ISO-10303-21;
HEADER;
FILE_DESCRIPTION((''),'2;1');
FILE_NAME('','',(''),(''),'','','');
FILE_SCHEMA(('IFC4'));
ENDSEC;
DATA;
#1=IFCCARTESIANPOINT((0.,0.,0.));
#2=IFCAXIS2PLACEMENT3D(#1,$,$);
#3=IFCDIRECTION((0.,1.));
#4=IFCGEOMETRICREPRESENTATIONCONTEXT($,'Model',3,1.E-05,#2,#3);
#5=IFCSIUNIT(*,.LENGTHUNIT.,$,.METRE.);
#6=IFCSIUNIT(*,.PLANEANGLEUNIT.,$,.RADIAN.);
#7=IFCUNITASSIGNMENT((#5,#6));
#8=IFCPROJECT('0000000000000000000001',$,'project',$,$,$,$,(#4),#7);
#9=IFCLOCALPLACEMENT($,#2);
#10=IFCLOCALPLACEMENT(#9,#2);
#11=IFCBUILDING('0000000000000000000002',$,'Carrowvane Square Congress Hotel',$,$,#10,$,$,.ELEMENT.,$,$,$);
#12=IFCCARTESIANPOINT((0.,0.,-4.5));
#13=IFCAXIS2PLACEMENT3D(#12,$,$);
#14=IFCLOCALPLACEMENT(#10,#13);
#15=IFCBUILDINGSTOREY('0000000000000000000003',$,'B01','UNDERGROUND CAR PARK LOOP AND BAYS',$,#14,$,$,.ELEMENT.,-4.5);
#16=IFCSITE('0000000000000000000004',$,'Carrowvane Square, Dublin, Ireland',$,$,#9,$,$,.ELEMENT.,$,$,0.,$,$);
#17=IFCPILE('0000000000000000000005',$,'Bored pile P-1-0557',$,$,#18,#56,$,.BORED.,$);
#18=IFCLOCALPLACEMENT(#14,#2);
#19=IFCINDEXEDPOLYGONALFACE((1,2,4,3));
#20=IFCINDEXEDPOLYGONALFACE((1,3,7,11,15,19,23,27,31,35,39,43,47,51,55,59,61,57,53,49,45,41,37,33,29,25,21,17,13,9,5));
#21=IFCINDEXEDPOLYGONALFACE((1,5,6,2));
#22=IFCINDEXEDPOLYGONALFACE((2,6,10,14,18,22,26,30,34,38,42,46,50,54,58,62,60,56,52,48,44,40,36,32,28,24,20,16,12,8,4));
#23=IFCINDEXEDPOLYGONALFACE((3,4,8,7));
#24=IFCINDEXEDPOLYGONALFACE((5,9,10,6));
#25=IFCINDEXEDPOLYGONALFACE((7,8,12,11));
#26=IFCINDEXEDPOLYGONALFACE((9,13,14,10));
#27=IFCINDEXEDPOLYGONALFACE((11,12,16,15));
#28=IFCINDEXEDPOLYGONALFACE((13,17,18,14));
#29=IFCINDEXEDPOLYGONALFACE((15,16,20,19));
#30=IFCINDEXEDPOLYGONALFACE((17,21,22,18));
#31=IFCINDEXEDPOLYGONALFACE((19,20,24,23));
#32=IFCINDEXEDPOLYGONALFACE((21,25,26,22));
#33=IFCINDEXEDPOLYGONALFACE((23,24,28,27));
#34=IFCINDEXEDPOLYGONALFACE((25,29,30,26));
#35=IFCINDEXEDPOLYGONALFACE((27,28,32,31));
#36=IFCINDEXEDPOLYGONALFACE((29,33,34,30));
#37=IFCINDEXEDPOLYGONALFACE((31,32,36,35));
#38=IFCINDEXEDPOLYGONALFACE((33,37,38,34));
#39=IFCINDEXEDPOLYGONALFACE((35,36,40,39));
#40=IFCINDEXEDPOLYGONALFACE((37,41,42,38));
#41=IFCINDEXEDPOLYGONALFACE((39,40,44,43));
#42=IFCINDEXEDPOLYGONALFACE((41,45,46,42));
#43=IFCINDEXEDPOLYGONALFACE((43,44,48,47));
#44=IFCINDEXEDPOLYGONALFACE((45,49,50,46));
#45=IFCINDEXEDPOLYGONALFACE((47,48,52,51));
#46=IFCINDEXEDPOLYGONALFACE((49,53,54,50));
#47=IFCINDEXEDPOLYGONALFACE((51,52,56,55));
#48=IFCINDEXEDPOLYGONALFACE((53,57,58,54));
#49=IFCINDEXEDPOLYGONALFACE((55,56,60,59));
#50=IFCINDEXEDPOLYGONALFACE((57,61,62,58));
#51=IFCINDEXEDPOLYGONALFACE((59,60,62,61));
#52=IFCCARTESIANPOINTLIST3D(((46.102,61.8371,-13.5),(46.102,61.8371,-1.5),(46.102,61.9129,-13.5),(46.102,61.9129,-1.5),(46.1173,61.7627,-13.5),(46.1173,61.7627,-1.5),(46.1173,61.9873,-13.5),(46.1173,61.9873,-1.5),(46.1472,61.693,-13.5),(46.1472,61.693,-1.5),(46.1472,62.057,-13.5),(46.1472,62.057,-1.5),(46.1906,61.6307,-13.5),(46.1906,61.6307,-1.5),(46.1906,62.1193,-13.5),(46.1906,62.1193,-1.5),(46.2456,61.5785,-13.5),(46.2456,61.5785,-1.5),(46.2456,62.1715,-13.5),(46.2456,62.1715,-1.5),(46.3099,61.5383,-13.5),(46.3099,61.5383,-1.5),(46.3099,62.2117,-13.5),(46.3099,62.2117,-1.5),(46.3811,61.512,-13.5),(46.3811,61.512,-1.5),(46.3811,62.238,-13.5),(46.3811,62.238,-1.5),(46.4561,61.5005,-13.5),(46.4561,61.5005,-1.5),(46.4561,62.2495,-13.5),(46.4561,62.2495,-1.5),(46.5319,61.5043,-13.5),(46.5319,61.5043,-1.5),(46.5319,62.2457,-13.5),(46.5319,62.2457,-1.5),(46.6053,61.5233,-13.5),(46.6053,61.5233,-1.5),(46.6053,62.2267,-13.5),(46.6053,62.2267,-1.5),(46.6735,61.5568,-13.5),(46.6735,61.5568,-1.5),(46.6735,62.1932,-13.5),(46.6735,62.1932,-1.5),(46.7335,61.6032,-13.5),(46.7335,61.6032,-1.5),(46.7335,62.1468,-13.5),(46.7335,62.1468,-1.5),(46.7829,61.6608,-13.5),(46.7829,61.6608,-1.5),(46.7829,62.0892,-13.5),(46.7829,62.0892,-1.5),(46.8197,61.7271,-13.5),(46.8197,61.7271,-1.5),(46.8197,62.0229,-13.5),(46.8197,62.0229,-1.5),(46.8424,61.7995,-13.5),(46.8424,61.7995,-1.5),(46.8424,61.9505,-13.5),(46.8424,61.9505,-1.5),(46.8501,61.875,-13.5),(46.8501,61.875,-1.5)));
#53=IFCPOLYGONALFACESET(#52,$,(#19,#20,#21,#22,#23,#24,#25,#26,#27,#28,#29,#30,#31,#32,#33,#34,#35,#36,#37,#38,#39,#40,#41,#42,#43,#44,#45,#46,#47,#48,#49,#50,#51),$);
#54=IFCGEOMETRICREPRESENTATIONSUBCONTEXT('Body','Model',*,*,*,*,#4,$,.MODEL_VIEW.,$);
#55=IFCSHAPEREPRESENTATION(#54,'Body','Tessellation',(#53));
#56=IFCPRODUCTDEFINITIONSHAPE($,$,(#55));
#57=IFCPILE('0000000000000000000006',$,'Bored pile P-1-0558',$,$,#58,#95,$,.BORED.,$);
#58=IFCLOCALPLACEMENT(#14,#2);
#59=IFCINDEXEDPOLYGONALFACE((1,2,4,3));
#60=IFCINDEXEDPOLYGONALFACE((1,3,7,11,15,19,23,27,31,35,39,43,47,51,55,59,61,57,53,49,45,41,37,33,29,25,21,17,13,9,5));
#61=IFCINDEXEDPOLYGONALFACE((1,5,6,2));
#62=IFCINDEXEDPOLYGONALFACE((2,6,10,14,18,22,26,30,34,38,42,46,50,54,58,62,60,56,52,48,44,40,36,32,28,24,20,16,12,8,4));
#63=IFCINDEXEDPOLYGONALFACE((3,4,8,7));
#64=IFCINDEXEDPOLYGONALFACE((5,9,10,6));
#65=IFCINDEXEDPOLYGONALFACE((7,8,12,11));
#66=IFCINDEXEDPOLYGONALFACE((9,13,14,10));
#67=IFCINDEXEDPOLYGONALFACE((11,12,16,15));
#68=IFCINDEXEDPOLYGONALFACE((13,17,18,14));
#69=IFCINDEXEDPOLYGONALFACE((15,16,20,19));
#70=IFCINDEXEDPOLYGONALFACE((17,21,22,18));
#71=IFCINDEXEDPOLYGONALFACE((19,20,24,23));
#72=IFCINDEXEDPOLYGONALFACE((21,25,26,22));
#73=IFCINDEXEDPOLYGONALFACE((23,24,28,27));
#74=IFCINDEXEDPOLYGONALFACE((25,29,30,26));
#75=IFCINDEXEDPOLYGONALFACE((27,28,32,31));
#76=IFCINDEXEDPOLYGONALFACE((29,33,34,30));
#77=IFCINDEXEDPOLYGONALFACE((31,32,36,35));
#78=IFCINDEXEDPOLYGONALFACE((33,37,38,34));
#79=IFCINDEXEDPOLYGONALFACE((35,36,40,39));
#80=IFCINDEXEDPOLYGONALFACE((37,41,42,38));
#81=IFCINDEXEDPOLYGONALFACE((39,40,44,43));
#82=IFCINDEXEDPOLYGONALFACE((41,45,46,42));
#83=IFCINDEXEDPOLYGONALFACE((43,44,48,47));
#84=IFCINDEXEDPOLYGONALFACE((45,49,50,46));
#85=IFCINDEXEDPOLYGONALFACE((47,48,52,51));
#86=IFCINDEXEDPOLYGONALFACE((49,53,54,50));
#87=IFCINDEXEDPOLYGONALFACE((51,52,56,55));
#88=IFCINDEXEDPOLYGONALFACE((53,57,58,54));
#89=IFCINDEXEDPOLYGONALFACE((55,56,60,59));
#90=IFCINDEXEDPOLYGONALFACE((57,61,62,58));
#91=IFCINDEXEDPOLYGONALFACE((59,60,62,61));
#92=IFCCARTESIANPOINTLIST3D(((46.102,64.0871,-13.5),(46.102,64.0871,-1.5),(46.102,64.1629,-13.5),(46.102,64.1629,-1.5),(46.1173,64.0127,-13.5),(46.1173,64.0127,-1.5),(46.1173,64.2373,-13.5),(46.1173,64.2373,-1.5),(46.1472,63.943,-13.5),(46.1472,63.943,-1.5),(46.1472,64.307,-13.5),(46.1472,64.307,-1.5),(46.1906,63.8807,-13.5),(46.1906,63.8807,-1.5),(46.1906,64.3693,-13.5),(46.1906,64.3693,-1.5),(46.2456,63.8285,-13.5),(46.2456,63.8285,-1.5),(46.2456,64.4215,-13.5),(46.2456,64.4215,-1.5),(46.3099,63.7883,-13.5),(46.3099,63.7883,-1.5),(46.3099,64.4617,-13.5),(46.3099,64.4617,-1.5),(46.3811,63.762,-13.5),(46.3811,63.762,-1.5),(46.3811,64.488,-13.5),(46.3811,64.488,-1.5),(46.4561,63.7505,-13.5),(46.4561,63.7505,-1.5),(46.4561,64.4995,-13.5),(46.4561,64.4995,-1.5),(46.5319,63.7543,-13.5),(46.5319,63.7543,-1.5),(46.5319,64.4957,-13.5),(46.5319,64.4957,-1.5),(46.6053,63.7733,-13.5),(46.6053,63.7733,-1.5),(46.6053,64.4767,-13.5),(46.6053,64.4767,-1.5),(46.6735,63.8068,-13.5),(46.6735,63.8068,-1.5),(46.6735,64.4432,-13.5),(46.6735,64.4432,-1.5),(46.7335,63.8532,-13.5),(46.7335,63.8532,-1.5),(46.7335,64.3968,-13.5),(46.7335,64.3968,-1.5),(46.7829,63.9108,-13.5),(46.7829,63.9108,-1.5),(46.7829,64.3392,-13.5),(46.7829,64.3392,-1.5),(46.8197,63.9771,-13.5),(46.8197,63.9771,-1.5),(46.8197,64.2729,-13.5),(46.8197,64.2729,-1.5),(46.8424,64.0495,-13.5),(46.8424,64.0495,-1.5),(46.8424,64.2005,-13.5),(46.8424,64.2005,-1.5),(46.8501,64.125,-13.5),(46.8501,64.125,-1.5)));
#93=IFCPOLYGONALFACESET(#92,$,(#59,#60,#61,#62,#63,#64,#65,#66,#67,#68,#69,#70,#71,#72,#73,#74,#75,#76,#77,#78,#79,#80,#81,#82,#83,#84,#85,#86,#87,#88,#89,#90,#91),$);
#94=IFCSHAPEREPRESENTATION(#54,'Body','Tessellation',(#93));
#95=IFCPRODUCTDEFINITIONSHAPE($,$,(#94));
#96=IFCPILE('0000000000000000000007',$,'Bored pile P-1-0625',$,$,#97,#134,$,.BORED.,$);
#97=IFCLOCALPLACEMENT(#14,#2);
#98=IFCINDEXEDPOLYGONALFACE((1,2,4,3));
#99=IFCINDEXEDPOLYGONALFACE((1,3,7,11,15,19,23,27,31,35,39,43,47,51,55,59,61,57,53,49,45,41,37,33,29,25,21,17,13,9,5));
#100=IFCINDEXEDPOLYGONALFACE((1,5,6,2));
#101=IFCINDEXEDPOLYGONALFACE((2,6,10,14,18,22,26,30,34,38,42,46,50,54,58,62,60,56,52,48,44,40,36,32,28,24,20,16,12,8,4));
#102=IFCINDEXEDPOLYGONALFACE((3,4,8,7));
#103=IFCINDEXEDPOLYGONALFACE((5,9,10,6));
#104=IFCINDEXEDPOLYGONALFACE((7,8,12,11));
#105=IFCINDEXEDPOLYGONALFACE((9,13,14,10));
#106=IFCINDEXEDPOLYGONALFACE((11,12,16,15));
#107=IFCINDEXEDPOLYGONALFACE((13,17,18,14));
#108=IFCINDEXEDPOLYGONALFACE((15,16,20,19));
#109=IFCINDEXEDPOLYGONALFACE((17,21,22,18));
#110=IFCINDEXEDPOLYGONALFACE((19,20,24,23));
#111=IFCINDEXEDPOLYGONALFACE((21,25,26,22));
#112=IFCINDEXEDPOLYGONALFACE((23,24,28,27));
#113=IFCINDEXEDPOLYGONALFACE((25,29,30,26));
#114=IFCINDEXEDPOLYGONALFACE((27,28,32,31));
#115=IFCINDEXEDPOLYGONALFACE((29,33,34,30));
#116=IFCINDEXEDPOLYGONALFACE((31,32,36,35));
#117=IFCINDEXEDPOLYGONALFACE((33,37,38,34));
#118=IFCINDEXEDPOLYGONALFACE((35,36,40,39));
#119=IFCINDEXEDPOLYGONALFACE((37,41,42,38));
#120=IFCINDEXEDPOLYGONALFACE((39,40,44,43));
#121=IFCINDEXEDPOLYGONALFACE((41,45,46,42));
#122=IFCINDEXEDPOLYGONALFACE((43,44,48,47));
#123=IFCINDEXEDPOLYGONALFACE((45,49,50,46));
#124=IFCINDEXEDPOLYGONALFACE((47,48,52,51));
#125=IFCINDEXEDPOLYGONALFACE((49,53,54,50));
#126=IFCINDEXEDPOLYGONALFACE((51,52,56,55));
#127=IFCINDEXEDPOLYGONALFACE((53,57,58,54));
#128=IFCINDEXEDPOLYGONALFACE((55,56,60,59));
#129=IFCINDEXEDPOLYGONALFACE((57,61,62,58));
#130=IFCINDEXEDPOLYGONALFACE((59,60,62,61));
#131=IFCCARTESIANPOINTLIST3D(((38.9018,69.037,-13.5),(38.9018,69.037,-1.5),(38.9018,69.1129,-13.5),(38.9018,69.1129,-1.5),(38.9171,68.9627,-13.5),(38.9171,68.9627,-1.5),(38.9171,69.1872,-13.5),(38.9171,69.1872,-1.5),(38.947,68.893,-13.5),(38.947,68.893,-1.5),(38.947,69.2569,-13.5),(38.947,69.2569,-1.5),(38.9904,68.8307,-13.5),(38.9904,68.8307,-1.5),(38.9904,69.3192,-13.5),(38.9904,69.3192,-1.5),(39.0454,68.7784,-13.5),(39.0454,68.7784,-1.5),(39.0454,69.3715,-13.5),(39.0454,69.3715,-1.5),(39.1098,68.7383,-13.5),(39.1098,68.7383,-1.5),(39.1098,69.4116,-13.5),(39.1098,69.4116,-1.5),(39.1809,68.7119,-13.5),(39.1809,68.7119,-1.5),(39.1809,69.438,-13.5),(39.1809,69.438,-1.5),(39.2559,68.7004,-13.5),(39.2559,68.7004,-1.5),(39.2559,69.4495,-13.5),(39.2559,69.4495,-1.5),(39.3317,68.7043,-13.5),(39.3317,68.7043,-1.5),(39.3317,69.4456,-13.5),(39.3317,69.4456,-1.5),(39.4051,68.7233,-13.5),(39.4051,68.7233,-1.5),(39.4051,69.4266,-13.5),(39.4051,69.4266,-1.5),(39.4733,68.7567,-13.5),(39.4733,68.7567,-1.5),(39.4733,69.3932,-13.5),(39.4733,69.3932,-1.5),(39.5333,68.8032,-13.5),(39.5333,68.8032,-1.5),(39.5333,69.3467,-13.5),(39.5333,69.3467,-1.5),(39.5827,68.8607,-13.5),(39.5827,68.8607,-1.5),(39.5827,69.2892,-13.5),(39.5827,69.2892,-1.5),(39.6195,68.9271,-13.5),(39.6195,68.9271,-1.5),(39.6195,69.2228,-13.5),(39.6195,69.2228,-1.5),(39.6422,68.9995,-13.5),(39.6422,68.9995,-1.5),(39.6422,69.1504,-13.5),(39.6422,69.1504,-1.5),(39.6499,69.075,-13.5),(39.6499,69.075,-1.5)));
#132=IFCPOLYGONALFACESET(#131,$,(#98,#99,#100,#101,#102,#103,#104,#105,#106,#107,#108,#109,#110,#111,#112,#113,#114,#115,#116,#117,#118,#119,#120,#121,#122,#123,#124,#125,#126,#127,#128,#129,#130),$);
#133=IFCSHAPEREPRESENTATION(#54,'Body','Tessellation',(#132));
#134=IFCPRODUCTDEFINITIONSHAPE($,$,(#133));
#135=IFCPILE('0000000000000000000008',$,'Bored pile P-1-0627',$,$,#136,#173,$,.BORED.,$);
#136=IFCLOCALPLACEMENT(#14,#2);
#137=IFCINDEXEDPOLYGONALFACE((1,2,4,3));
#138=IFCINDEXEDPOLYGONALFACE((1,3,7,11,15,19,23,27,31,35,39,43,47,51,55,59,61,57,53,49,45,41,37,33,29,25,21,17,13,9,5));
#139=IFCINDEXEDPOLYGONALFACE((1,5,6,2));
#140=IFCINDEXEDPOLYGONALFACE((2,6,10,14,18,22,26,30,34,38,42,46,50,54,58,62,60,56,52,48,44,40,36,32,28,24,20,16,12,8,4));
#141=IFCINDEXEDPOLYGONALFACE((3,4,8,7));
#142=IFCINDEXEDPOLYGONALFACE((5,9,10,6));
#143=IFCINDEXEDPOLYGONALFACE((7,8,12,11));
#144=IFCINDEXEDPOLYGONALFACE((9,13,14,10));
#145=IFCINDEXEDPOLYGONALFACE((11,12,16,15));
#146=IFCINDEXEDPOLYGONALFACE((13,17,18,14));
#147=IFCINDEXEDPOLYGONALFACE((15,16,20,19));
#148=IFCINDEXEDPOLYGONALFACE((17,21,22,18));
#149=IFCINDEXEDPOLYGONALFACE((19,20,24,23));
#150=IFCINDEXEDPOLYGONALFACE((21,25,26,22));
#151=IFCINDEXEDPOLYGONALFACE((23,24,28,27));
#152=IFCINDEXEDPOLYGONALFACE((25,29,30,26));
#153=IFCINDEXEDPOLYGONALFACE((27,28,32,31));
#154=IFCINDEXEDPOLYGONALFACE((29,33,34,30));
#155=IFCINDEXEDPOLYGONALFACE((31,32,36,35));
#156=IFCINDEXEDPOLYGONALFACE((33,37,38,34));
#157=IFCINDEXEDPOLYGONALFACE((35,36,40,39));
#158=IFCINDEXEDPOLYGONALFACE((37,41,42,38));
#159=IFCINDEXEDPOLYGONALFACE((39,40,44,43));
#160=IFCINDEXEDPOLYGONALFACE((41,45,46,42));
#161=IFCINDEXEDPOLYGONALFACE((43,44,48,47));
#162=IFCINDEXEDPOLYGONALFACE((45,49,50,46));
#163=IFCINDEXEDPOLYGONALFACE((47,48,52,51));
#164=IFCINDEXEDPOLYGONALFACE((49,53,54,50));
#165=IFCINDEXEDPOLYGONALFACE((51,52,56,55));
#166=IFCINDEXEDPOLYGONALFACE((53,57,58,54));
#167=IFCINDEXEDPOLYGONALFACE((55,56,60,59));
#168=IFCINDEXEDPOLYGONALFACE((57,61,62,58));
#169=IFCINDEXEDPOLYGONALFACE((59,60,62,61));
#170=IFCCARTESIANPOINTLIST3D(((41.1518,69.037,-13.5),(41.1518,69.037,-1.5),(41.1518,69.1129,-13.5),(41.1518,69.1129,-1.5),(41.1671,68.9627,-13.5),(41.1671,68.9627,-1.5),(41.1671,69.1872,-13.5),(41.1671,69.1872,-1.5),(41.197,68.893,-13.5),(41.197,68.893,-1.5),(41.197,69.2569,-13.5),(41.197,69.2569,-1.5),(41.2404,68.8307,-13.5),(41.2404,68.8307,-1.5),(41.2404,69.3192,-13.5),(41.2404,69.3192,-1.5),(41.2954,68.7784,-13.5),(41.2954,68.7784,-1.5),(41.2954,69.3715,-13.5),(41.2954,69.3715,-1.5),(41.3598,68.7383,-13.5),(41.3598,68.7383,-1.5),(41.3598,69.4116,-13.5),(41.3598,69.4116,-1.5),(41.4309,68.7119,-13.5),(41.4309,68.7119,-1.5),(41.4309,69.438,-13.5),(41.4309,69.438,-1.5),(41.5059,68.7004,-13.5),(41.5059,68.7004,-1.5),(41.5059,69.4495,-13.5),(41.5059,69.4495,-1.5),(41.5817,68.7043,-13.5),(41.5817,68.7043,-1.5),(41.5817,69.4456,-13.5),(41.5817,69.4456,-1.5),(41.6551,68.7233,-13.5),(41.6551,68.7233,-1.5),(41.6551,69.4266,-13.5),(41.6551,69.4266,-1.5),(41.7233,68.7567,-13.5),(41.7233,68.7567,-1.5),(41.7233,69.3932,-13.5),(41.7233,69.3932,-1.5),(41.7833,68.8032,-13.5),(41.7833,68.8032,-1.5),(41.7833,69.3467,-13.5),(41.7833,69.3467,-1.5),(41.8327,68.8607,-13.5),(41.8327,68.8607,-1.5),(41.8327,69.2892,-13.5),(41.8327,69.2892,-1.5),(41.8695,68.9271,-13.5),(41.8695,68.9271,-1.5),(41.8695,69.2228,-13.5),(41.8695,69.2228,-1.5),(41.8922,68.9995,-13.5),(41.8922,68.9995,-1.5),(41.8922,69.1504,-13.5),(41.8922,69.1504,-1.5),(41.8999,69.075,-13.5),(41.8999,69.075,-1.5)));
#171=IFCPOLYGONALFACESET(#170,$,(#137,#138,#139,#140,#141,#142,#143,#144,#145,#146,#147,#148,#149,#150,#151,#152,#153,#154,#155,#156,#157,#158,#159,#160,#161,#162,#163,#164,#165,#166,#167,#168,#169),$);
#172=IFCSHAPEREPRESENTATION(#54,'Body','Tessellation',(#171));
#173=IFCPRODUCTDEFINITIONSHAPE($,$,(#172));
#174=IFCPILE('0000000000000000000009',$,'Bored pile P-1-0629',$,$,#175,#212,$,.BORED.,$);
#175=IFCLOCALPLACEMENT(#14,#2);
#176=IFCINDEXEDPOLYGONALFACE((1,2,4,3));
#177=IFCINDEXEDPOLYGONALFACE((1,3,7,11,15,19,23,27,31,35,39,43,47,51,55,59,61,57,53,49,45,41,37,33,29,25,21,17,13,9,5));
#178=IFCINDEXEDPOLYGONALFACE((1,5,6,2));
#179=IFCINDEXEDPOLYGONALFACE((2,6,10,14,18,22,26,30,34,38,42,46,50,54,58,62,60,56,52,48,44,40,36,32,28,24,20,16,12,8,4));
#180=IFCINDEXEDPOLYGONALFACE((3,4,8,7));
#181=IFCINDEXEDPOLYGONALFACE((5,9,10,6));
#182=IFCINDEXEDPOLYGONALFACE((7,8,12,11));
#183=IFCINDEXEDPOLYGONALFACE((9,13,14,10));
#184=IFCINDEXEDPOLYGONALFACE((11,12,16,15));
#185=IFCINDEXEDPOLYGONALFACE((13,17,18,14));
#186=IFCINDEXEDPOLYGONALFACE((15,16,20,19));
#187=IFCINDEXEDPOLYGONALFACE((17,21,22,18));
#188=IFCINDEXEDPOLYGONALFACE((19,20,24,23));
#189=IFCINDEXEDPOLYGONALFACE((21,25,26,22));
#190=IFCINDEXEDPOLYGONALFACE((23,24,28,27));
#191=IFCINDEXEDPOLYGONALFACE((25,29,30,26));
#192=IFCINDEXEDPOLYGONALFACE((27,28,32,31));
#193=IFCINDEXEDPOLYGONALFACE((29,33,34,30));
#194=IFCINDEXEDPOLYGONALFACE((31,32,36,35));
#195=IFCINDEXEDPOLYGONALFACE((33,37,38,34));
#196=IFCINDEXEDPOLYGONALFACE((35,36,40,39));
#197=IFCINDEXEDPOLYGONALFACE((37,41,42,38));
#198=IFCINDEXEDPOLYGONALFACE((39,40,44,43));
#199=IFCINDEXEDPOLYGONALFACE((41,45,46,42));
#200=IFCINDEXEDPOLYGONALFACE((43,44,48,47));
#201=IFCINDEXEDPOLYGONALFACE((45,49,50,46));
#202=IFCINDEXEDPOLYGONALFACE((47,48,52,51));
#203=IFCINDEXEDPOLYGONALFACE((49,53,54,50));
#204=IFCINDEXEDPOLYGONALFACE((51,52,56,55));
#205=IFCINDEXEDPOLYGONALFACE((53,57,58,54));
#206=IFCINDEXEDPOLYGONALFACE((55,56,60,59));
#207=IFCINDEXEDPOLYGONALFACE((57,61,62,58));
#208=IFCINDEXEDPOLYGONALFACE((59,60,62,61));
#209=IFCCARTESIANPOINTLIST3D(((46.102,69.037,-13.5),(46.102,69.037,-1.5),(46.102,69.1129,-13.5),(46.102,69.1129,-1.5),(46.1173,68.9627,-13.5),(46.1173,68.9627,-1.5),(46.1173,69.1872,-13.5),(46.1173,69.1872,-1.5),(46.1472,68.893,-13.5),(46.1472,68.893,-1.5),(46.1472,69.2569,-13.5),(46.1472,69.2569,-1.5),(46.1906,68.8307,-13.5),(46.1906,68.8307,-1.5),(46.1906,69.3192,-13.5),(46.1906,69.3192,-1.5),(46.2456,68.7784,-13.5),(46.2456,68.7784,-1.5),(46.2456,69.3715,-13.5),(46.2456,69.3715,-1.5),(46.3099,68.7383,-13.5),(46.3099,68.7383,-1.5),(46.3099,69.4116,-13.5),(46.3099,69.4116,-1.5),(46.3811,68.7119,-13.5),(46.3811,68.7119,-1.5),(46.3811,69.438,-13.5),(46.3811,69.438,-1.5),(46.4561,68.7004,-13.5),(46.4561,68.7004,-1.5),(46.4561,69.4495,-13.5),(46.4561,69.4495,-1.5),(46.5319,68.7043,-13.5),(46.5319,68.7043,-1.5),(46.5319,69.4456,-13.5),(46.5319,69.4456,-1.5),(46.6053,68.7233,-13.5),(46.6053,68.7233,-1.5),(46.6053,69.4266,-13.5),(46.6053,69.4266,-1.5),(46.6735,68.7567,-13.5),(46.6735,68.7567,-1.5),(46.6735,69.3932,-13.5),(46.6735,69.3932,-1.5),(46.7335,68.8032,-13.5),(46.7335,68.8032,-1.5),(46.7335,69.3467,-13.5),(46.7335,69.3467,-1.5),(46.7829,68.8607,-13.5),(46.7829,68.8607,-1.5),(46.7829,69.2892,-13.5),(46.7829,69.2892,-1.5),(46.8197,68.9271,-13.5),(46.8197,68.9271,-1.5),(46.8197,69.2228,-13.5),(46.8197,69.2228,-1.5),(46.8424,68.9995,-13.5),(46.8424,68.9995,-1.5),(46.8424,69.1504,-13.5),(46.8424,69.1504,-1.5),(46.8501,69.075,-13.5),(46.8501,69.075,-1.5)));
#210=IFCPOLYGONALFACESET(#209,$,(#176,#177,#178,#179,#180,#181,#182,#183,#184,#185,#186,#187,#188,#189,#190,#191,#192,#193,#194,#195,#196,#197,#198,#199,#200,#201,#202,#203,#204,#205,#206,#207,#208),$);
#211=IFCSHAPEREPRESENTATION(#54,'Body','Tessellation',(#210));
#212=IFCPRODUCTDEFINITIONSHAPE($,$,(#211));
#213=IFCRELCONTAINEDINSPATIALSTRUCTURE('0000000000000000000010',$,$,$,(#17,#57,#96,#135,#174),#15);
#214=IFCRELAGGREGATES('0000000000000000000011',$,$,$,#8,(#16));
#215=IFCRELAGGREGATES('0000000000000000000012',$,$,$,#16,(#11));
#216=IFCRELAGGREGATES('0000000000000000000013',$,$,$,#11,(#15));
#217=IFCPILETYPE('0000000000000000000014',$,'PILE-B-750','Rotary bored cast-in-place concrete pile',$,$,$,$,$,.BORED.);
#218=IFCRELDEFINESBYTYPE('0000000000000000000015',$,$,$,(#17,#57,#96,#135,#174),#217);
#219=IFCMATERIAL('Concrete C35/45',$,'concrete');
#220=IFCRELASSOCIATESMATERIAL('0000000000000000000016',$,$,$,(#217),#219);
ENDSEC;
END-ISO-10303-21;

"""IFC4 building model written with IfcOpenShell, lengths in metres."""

from ifc_helpers import new_model, si_unit, direction, frame, origin, origin_2d, place, context, subcontext, project, spatial, circle, extrude, material, material_profile, profile_set, type_object, element, save


model = new_model("IFC4")

# Units and contexts
model_context = context("Model", 3, precision=1e-05, world=origin(), true_north=direction((0.0, 1.0)))
body_context = subcontext(model_context, "Body", "Model", "MODEL_VIEW")
ifc_project = project(units=[si_unit("LENGTHUNIT", "METRE"), si_unit("PLANEANGLEUNIT", "RADIAN")], contexts=[model_context])

# Site, building, storey
site_placement = place(None, origin())
site = spatial("IfcSite", under=ifc_project, at=site_placement, Name="Carrowvane Square, Dublin, Ireland", CompositionType="ELEMENT", RefElevation=0.0)
building_placement = place(site_placement, origin())
building = spatial("IfcBuilding", under=site, at=building_placement, Name="Carrowvane Square Congress Hotel", CompositionType="ELEMENT")
storey_placement = place(building_placement, frame((0.0, 0.0, -4.5)))
storey = spatial("IfcBuildingStorey", under=building, at=storey_placement, Name="B01", Description="UNDERGROUND CAR PARK LOOP AND BAYS", CompositionType="ELEMENT", Elevation=-4.5)

# Piles
ifc_material_1 = material(Name="Concrete C35/45", Category="concrete")
ifc_material_profile_1 = material_profile(ifc_material_1, circle(Radius=0.375, at=origin_2d()), Name="PILE D750")
ifc_profile_set_1 = profile_set([ifc_material_profile_1], Name="Concrete C35/45")
pile_type = type_object("IfcPileType", Name="PILE-B-750", Description="Rotary bored cast-in-place concrete pile", PredefinedType="BORED", material=ifc_profile_set_1)
for number, where, z_axis, x_axis, name in (
    (1, (46.4751, 61.875, -1.5), (0.0, 0.0, -1.0), (1.0, 0.0, 0.0), "Bored pile P-1-0557"),
    (2, (46.4751, 64.125, -1.5), (0.0, 0.0, -1.0), (1.0, 0.0, 0.0), "Bored pile P-1-0558"),
    (3, (39.2749, 69.075, -1.5), (0.0, 0.0, -1.0), (1.0, 0.0, 0.0), "Bored pile P-1-0625"),
    (4, (41.5249, 69.075, -1.5), (0.0, 0.0, -1.0), (1.0, 0.0, 0.0), "Bored pile P-1-0627"),
    (5, (46.4751, 69.075, -1.5), (0.0, 0.0, -1.0), (1.0, 0.0, 0.0), "Bored pile P-1-0629"),
):
    element("IfcPile", number, at=place(storey_placement, frame(where, z_axis=z_axis, x_axis=x_axis)), inside=storey, type_object=pile_type, Name=name, PredefinedType="BORED", context=body_context, shape_type="SweptSolid", body=[
        extrude(circle(Radius=0.375, at=origin_2d()), origin(), (0.0, 0.0, 1.0), 12.0),
    ])

save(model, "model.ifc")
